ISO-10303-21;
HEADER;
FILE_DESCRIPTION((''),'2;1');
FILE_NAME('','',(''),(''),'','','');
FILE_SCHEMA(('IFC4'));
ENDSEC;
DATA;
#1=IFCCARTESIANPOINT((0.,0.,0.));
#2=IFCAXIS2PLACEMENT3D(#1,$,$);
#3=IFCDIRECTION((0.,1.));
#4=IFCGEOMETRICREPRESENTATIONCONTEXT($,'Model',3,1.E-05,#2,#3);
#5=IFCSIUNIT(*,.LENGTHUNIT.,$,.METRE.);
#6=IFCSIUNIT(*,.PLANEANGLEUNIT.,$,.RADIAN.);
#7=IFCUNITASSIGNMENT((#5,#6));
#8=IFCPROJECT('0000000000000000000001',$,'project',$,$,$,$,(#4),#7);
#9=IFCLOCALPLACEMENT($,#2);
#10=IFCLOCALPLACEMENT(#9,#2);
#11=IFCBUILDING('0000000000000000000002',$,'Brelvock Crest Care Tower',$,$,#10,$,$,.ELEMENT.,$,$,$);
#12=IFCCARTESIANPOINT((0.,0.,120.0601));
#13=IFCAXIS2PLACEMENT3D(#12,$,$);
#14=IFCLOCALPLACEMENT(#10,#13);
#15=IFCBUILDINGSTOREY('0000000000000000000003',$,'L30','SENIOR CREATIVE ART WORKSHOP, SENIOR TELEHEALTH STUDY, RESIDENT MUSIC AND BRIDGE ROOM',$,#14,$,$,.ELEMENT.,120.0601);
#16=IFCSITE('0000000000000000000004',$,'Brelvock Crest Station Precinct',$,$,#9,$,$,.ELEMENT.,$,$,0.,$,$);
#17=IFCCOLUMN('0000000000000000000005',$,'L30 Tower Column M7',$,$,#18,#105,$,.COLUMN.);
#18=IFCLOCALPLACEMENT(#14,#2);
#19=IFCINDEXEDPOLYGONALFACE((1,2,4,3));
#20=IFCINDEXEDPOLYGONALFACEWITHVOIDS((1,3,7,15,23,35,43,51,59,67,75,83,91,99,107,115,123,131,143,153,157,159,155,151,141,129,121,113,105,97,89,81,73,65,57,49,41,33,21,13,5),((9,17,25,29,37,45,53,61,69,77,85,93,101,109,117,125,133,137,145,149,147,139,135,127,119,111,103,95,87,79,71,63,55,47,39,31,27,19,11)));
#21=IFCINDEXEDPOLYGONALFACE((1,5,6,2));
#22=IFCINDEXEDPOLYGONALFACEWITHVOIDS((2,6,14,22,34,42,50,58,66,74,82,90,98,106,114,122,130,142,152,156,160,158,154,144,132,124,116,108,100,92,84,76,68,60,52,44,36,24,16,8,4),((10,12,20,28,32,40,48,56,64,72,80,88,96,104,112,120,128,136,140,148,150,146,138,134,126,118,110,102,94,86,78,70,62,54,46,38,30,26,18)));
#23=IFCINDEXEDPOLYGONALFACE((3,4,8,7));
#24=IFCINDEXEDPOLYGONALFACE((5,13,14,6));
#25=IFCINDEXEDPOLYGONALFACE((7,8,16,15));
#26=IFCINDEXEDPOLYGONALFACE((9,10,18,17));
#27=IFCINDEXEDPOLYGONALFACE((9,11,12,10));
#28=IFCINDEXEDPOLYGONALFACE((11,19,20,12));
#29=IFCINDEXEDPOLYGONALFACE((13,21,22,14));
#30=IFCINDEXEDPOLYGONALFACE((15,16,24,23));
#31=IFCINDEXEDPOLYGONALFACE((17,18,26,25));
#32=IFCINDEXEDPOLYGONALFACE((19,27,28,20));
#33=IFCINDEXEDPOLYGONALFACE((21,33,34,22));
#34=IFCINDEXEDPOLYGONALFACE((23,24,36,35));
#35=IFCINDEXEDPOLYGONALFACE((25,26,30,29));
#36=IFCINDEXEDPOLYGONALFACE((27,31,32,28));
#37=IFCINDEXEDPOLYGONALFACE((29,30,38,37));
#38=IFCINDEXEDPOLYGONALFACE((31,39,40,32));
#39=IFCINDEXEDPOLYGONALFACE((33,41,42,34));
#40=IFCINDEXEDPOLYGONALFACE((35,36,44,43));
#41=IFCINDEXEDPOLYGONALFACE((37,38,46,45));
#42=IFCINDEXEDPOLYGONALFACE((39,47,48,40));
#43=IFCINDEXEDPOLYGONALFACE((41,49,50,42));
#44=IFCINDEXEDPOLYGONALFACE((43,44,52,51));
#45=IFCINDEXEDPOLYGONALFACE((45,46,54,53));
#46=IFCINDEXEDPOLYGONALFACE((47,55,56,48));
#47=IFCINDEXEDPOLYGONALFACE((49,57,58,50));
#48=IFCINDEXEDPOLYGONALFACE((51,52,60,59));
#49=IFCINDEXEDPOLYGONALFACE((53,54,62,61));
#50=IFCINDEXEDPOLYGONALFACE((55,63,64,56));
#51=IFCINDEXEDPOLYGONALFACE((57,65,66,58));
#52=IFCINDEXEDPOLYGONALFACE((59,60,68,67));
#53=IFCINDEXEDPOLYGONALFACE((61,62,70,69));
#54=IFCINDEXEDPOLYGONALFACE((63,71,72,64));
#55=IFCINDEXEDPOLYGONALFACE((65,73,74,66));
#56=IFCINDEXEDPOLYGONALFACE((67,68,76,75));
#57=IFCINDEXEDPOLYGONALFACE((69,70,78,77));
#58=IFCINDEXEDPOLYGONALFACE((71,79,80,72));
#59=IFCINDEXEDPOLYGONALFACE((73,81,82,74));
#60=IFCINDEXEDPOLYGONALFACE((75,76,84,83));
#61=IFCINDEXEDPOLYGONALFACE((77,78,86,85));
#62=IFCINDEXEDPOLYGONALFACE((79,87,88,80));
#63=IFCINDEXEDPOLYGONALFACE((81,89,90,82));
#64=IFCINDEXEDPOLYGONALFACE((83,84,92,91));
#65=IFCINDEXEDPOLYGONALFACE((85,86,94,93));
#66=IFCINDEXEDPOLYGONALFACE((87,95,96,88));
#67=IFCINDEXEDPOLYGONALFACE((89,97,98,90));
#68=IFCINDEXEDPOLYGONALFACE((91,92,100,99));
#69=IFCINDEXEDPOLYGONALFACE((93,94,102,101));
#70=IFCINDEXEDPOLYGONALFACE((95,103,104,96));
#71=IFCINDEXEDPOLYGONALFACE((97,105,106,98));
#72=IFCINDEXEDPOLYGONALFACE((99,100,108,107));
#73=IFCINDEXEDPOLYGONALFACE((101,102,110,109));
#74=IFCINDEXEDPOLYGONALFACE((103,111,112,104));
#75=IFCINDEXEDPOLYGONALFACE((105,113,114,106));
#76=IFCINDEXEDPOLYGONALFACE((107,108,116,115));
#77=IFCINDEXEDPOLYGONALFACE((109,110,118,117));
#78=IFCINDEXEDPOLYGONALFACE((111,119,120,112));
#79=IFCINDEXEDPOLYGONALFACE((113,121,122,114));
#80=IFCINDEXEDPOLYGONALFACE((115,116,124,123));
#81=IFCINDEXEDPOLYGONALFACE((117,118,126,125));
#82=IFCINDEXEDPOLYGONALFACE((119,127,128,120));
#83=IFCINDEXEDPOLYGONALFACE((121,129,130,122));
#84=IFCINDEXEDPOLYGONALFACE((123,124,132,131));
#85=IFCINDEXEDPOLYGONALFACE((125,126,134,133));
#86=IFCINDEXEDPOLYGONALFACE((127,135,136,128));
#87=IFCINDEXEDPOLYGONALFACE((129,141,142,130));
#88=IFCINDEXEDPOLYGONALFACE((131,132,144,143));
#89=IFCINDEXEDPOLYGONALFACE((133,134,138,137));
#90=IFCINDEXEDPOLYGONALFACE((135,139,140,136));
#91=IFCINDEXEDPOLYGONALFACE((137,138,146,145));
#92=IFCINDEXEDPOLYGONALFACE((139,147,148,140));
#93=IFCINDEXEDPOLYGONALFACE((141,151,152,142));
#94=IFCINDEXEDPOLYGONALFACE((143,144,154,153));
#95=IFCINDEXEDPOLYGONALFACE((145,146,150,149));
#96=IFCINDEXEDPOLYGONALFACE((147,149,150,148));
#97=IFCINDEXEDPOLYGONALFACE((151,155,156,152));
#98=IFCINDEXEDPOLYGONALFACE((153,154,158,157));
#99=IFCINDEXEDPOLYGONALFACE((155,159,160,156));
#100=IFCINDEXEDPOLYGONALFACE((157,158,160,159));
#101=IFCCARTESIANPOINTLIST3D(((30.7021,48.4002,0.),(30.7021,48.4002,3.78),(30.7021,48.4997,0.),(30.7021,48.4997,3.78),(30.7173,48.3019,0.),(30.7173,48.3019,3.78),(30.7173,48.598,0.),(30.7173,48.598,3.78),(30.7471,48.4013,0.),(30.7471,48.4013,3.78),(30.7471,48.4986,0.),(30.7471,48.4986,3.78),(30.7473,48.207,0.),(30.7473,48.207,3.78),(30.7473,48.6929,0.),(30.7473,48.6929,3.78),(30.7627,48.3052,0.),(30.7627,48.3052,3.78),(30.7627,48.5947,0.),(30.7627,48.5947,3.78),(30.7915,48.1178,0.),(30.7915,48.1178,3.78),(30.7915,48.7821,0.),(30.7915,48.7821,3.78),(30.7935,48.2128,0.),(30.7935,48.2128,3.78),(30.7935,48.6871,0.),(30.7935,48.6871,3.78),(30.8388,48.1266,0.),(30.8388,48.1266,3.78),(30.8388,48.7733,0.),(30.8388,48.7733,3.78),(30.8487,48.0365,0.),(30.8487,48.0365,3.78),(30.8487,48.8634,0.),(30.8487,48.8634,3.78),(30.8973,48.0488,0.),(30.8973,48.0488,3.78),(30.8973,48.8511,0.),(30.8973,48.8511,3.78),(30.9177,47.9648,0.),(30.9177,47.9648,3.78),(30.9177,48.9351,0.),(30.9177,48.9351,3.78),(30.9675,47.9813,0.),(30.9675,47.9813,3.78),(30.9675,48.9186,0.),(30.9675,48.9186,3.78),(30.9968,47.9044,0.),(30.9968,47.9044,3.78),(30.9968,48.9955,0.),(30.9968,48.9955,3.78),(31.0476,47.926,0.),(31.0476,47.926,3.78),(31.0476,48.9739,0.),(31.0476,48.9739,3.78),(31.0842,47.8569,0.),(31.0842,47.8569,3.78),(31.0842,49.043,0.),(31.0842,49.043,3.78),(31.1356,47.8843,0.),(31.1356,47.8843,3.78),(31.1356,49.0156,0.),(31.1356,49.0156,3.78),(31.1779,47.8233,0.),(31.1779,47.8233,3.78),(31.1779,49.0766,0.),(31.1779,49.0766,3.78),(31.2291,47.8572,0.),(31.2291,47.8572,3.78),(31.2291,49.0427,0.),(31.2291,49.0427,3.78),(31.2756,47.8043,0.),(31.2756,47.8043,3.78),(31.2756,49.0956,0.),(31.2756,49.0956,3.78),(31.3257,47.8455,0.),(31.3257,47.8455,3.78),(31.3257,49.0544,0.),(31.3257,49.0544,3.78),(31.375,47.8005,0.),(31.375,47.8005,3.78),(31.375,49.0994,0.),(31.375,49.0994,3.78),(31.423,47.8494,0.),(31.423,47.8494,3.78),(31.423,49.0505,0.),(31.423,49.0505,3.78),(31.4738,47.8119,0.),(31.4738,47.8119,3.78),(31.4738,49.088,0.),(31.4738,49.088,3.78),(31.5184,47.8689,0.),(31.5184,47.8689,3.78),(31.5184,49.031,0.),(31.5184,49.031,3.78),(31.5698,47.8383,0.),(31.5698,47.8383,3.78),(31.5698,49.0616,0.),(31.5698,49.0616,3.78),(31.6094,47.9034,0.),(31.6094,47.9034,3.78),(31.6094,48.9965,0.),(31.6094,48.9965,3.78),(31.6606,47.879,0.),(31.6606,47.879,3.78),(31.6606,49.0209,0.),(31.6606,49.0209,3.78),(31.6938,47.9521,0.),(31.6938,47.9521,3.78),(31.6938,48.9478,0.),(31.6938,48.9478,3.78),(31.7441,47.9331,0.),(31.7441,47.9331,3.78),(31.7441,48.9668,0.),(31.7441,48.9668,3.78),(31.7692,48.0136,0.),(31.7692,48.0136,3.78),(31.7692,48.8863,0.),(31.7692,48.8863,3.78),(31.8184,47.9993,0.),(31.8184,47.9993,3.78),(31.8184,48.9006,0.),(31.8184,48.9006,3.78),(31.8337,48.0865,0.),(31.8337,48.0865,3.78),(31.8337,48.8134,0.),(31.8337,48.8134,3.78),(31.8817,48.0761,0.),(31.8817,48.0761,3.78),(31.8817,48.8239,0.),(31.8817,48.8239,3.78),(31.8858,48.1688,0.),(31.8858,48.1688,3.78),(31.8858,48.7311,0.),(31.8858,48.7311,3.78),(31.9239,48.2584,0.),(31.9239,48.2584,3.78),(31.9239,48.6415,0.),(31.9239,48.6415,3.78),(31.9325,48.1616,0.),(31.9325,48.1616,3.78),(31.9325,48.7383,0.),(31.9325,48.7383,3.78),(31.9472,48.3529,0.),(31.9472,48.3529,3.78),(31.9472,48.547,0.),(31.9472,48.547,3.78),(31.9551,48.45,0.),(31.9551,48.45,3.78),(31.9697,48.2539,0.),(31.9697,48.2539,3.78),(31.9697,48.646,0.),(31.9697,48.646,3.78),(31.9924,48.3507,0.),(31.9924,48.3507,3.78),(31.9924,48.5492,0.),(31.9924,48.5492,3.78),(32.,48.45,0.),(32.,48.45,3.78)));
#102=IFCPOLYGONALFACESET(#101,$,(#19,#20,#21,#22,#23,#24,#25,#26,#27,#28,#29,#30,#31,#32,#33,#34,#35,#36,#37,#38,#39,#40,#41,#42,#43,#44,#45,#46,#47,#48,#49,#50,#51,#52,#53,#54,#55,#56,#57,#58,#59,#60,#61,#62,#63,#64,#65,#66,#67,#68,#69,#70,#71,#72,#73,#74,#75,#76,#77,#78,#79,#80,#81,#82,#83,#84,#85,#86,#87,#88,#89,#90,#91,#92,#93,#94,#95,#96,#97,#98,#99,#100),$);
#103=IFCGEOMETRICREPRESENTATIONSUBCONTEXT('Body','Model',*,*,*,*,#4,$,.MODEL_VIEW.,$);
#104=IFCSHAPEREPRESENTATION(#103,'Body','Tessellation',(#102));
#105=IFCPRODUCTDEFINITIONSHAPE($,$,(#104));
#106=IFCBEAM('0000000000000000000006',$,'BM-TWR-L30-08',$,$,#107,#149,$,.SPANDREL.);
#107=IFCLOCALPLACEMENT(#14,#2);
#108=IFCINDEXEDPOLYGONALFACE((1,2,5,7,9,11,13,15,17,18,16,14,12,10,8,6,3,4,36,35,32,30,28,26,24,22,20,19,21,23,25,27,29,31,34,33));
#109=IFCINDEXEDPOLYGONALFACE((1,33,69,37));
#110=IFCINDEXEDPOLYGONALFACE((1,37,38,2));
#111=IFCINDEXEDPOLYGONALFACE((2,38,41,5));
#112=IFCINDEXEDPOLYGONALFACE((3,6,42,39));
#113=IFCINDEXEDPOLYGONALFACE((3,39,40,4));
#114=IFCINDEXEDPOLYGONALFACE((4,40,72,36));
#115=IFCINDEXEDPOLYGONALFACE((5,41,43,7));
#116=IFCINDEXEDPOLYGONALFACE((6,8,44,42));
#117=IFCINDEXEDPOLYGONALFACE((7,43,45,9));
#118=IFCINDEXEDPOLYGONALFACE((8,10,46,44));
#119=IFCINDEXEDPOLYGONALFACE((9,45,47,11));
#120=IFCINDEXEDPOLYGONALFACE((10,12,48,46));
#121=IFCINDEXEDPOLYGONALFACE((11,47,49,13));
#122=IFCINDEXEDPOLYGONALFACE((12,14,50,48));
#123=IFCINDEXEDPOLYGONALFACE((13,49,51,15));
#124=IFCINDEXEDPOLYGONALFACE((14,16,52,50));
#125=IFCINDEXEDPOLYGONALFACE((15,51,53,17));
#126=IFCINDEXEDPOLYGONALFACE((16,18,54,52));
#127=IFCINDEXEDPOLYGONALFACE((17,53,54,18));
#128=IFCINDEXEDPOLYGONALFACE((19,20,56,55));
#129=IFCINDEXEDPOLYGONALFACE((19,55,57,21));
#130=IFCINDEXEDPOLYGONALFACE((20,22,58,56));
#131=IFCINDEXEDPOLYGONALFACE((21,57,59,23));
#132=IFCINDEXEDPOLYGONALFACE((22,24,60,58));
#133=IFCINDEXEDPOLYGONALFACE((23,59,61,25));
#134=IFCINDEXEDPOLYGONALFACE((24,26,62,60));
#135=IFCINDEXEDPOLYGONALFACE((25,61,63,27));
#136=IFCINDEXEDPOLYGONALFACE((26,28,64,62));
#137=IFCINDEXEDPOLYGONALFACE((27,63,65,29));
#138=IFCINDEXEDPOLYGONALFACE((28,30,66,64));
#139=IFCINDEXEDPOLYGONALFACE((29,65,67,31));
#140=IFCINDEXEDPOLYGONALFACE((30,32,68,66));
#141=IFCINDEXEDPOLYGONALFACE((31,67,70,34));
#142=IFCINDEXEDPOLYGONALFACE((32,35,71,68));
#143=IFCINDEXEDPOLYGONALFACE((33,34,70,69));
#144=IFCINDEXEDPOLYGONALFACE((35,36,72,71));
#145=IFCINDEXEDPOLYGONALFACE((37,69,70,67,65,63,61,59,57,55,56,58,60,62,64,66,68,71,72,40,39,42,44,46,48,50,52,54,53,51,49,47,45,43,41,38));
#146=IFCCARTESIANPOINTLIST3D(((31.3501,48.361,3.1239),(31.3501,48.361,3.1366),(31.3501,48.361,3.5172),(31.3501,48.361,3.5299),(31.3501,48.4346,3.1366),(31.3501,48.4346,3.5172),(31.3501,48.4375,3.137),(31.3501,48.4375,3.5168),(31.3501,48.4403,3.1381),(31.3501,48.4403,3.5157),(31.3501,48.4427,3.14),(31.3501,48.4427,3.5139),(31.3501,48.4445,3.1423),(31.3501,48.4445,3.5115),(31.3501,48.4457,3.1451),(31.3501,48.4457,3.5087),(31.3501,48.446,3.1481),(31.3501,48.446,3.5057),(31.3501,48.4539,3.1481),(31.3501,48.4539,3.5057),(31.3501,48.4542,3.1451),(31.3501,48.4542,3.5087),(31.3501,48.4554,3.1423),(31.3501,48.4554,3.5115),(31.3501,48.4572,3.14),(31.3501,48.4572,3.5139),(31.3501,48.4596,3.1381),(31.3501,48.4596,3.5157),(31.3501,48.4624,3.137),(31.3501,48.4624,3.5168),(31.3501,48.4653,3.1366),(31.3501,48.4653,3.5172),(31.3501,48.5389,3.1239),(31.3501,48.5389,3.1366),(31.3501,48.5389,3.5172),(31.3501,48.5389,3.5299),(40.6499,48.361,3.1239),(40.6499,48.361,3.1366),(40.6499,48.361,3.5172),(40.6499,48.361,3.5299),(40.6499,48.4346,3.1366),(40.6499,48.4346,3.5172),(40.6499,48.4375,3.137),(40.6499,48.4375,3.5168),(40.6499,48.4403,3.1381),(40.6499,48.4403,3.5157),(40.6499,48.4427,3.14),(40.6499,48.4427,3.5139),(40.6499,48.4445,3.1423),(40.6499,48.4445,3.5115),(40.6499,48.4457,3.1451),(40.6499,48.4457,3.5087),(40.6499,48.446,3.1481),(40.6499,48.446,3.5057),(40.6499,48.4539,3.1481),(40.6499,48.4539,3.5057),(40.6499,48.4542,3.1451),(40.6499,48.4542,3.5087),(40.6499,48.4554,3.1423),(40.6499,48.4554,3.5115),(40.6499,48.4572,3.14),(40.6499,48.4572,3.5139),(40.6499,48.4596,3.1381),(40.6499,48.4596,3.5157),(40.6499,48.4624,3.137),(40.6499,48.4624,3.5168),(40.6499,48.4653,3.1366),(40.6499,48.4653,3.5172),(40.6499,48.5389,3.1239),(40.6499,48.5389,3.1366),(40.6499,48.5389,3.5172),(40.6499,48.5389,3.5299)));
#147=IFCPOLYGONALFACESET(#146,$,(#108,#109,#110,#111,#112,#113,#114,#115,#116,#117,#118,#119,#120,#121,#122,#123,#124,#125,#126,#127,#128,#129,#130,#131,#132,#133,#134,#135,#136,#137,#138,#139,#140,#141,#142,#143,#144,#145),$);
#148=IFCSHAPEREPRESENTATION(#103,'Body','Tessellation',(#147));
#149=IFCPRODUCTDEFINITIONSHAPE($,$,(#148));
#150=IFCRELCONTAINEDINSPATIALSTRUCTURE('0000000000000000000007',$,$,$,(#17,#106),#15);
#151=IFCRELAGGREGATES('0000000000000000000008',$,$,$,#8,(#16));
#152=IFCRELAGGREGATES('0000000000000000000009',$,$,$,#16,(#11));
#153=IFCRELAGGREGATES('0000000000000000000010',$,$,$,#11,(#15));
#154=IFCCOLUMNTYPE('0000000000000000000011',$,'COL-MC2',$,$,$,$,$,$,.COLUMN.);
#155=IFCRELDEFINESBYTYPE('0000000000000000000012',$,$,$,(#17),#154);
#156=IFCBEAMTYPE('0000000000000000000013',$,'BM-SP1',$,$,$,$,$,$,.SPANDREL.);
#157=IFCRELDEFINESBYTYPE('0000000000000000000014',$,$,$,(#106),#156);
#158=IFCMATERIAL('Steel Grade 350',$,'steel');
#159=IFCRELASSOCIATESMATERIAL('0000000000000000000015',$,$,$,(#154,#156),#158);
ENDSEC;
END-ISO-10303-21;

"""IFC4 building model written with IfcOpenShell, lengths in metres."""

from ifc_helpers import new_model, si_unit, direction, frame, origin, origin_2d, place, context, subcontext, project, spatial, hollow_circle, i_section, extrude, source, transform, mapped, material, material_profile, profile_set, type_object, element, save


model = new_model("IFC4")

# Units and contexts
model_context = context("Model", 3, precision=1e-05, world=origin(), true_north=direction((0.0, 1.0)))
body_context = subcontext(model_context, "Body", "Model", "MODEL_VIEW")
ifc_project = project(units=[si_unit("LENGTHUNIT", "METRE"), si_unit("PLANEANGLEUNIT", "RADIAN")], contexts=[model_context])

# Site, building, storey
site_placement = place(None, origin())
site = spatial("IfcSite", under=ifc_project, at=site_placement, Name="Brelvock Crest Station Precinct", CompositionType="ELEMENT", RefElevation=0.0)
building_placement = place(site_placement, origin())
building = spatial("IfcBuilding", under=site, at=building_placement, Name="Brelvock Crest Care Tower", CompositionType="ELEMENT")
storey_placement = place(building_placement, frame((0.0, 0.0, 120.0601)))
storey = spatial("IfcBuildingStorey", under=building, at=storey_placement, Name="L30", Description="SENIOR CREATIVE ART WORKSHOP, SENIOR TELEHEALTH STUDY, RESIDENT MUSIC AND BRIDGE ROOM", CompositionType="ELEMENT", Elevation=120.0601)

# Column
ifc_material_1 = material(Name="Steel Grade 350", Category="steel")
ifc_material_profile_1 = material_profile(ifc_material_1, hollow_circle(Radius=0.6499, WallThickness=0.0449, at=origin_2d()), Name="CFT1300x45")
ifc_profile_set_1 = profile_set([ifc_material_profile_1], Name="Steel Grade 350")
column_type = type_object("IfcColumnType", Name="COL-MC2", PredefinedType="COLUMN", material=ifc_profile_set_1)
shared_shape_1 = source(origin(), body_context, "Body", "SweptSolid", [
    extrude(hollow_circle(Radius=0.6499, WallThickness=0.0449, at=origin_2d()), origin(), (0.0, 0.0, 1.0), 3.78),
])
column_placement = place(storey_placement, frame((31.3501, 48.45, 0.0), z_axis=(0.0, 0.0, 1.0), x_axis=(1.0, 0.0, 0.0)))
element("IfcColumn", 1, at=column_placement, inside=storey, type_object=column_type, Name="L30 Tower Column M7", PredefinedType="COLUMN", context=body_context, shape_type="MappedRepresentation", body=[
    mapped(shared_shape_1, transform((0.0, 0.0, 0.0), x_axis=(1.0, 0.0, 0.0), y_axis=(0.0, 1.0, 0.0), z_axis=(0.0, 0.0, 1.0), scale=1.0)),
])

# Beam
ifc_material_profile_2 = material_profile(ifc_material_1, i_section(OverallWidth=0.178, OverallDepth=0.406, WebThickness=0.0078, FlangeThickness=0.0127, FilletRadius=0.0115, at=origin_2d()), Name="410UB59.7")
ifc_profile_set_2 = profile_set([ifc_material_profile_2], Name="Steel Grade 350")
beam_type_1 = type_object("IfcBeamType", Name="BM-SP1", PredefinedType="SPANDREL", material=ifc_profile_set_2)
shared_shape_2 = source(origin(), body_context, "Body", "SweptSolid", [
    extrude(i_section(OverallWidth=0.178, OverallDepth=0.406, WebThickness=0.0078, FlangeThickness=0.0127, FilletRadius=0.0115, at=origin_2d()), origin(), (0.0, 0.0, 1.0), 9.2998),
])
beam_placement = place(storey_placement, frame((31.3501, 48.45, 3.3269), z_axis=(1.0, 0.0, 0.0), x_axis=(0.0, 1.0, 0.0)))
element("IfcBeam", 2, at=beam_placement, inside=storey, type_object=beam_type_1, Name="BM-TWR-L30-08", PredefinedType="SPANDREL", context=body_context, shape_type="MappedRepresentation", body=[
    mapped(shared_shape_2, transform((0.0, 0.0, 0.0), x_axis=(1.0, 0.0, 0.0), y_axis=(0.0, 1.0, 0.0), z_axis=(0.0, 0.0, 1.0), scale=1.0)),
])

save(model, "model.ifc")
